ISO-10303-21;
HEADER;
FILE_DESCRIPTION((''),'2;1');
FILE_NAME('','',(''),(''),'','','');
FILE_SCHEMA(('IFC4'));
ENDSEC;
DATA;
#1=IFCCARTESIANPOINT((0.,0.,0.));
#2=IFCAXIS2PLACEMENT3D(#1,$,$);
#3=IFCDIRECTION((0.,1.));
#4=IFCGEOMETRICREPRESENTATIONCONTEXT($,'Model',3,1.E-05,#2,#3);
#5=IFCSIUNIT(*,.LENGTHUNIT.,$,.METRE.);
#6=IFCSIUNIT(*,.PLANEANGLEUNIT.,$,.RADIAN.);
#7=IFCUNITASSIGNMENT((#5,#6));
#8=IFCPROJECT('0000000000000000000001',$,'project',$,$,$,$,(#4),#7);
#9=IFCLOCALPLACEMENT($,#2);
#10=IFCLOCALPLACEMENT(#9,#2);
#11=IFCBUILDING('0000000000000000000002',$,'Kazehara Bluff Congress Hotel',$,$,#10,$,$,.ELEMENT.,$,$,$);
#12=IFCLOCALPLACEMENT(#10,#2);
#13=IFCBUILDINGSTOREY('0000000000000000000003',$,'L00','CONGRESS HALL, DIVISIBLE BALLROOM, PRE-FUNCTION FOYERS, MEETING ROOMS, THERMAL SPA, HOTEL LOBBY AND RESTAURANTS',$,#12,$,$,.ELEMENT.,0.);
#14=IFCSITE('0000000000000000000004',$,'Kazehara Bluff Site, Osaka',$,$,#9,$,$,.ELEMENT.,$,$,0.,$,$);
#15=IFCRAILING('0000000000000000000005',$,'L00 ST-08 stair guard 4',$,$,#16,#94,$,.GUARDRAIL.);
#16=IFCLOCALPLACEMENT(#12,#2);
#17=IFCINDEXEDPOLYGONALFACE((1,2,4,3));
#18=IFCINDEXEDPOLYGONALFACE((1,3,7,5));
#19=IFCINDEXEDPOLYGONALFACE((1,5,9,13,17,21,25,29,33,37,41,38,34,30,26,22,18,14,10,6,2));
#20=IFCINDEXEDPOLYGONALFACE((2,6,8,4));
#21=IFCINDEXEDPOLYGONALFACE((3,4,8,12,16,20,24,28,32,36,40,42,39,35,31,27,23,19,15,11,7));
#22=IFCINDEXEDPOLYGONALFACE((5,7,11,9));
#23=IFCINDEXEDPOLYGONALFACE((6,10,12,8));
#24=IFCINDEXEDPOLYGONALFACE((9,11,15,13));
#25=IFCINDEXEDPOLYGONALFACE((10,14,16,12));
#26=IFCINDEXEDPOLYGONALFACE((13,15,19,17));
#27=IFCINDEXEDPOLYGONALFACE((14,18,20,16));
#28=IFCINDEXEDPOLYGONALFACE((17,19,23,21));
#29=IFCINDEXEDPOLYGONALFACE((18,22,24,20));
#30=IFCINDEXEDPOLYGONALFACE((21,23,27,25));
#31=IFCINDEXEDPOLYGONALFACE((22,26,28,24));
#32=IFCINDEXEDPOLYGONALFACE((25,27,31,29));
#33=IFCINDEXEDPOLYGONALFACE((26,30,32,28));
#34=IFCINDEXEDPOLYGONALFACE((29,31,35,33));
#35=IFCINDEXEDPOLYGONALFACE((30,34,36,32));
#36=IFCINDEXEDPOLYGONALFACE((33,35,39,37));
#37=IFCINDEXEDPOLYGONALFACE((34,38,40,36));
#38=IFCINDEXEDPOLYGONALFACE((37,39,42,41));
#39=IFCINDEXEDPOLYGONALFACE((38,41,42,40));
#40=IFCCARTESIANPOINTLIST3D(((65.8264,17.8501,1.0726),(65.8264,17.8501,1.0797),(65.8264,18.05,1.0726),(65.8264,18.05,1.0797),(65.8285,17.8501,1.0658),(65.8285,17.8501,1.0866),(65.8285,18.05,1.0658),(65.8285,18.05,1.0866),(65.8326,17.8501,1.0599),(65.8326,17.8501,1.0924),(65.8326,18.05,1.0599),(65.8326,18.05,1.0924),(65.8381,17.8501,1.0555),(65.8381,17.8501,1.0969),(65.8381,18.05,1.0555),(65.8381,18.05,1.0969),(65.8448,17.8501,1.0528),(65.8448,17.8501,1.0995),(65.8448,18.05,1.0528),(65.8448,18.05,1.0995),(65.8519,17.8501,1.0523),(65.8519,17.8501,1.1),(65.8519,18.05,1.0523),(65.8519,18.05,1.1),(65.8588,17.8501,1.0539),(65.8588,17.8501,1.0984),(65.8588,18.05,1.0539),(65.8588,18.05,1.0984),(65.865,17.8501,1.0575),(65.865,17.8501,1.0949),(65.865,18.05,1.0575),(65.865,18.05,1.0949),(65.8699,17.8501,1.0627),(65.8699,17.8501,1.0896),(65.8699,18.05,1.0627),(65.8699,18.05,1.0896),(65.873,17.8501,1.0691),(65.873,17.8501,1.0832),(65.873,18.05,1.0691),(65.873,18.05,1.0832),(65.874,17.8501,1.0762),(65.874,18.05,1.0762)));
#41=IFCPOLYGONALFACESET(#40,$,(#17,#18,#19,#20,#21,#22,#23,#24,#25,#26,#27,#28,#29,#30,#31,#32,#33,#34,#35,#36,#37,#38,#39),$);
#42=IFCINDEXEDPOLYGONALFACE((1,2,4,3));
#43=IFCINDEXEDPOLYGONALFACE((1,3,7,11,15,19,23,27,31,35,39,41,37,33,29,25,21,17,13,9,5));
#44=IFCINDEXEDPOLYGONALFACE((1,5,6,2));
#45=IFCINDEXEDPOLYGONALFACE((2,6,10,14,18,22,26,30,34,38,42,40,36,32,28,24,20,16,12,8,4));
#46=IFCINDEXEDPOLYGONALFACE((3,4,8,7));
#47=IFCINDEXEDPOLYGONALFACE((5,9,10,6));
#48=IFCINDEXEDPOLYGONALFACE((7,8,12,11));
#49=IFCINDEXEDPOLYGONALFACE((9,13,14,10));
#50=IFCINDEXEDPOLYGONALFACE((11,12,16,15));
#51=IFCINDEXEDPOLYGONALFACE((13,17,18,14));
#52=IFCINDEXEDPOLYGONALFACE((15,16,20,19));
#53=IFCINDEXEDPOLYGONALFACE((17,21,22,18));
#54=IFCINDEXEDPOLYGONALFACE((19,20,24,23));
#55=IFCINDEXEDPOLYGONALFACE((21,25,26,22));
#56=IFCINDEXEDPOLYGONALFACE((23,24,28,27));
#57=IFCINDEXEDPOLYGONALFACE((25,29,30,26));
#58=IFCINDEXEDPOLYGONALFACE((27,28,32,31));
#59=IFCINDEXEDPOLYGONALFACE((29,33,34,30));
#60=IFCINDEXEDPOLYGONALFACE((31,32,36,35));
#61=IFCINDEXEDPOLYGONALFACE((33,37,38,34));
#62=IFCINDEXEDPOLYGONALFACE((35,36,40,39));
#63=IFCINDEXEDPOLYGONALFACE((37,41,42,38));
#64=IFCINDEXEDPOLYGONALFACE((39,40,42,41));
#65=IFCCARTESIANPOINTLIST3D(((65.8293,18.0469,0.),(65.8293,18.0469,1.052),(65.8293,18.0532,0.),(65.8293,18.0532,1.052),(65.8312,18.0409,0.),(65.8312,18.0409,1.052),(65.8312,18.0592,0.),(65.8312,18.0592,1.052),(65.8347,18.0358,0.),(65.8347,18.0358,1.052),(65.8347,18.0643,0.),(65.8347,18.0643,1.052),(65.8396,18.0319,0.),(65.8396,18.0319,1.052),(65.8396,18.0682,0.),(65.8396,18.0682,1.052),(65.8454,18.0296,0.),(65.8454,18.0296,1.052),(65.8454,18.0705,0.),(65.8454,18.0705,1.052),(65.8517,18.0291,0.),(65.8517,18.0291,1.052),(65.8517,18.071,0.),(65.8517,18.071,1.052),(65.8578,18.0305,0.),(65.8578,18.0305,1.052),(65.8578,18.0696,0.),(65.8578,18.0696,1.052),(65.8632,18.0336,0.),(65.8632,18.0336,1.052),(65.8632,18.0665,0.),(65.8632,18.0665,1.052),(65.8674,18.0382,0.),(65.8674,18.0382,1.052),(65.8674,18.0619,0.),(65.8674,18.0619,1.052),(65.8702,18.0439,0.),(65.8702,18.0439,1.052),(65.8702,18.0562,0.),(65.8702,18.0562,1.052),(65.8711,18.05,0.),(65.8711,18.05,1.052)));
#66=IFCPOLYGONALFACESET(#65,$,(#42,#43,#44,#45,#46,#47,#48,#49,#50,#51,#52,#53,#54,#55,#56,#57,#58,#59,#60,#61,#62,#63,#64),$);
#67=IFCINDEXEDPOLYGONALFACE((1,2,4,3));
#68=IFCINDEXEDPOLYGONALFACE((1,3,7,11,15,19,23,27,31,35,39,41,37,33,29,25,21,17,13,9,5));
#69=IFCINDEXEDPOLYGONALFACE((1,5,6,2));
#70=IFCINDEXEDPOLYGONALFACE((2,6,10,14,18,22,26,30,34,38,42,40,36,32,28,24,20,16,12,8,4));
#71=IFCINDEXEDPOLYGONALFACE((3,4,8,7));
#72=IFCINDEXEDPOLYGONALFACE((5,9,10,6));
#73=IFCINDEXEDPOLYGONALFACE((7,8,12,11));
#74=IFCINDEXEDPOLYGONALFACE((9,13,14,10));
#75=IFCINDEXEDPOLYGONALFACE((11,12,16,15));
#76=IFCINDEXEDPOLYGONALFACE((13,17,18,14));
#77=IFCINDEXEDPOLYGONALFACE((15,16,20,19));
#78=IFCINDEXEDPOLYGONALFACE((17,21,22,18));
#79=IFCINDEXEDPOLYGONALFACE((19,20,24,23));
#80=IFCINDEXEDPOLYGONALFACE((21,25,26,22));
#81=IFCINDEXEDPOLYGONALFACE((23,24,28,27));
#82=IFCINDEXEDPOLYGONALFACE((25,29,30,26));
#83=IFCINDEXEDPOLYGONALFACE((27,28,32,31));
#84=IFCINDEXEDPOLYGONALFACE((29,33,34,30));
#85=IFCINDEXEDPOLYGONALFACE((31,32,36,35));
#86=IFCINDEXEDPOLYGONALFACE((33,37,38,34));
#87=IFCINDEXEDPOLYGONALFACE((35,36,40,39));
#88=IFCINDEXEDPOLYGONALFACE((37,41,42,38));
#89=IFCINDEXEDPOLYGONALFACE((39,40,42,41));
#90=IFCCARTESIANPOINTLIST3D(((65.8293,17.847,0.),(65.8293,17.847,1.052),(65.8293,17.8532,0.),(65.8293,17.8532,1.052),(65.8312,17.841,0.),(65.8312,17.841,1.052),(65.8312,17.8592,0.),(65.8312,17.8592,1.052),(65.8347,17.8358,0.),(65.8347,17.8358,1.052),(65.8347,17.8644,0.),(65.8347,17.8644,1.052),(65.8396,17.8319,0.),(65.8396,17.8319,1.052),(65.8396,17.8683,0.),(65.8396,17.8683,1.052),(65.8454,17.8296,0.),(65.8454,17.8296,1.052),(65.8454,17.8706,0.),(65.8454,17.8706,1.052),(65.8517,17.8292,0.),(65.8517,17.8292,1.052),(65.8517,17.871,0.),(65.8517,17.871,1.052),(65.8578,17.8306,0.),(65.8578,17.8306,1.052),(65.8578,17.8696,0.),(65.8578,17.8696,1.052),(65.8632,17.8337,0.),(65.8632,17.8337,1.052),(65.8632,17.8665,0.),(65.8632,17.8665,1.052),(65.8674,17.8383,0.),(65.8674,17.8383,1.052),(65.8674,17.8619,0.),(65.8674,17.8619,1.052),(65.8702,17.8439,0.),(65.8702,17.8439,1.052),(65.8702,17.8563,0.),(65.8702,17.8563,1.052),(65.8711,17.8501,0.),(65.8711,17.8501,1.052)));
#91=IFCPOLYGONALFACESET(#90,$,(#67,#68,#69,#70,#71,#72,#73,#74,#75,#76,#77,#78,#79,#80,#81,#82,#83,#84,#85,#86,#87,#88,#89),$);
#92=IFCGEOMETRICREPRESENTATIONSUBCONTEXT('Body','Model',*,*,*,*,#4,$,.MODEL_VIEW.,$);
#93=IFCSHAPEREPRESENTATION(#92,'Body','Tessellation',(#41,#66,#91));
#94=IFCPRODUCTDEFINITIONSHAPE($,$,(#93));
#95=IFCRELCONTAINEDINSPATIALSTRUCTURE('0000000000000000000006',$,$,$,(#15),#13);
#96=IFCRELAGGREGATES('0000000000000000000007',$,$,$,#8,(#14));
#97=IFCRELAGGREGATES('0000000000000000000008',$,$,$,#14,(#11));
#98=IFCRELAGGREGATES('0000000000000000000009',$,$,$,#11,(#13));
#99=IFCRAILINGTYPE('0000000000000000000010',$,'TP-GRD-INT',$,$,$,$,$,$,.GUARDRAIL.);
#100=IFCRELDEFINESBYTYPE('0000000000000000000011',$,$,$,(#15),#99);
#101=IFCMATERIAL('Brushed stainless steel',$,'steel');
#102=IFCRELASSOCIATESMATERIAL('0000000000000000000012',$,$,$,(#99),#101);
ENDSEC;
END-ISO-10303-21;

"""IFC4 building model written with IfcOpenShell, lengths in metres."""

from ifc_helpers import new_model, si_unit, direction, frame, origin, origin_2d, place, context, subcontext, project, spatial, circle, extrude, material, type_object, element, save


model = new_model("IFC4")

# Units and contexts
model_context = context("Model", 3, precision=1e-05, world=origin(), true_north=direction((0.0, 1.0)))
body_context = subcontext(model_context, "Body", "Model", "MODEL_VIEW")
ifc_project = project(units=[si_unit("LENGTHUNIT", "METRE"), si_unit("PLANEANGLEUNIT", "RADIAN")], contexts=[model_context])

# Site, building, storey
site_placement = place(None, origin())
site = spatial("IfcSite", under=ifc_project, at=site_placement, Name="Kazehara Bluff Site, Osaka", CompositionType="ELEMENT", RefElevation=0.0)
building_placement = place(site_placement, origin())
building = spatial("IfcBuilding", under=site, at=building_placement, Name="Kazehara Bluff Congress Hotel", CompositionType="ELEMENT")
storey_placement = place(building_placement, origin())
storey = spatial("IfcBuildingStorey", under=building, at=storey_placement, Name="L00", Description="CONGRESS HALL, DIVISIBLE BALLROOM, PRE-FUNCTION FOYERS, MEETING ROOMS, THERMAL SPA, HOTEL LOBBY AND RESTAURANTS", CompositionType="ELEMENT", Elevation=0.0)

# Railing
ifc_material_1 = material(Name="Brushed stainless steel", Category="steel")
railing_type_1 = type_object("IfcRailingType", Name="TP-GRD-INT", PredefinedType="GUARDRAIL", material=ifc_material_1)
railing_1_placement = place(storey_placement, frame((65.8501, 18.05, 0.0)))
element("IfcRailing", 1, at=railing_1_placement, inside=storey, type_object=railing_type_1, Name="L00 ST-08 stair guard 4", PredefinedType="GUARDRAIL", context=body_context, shape_type="SweptSolid", body=[
    extrude(circle(Radius=0.0239, at=origin_2d()), frame((0.0, 0.0, 1.0762), z_axis=(0.0, -1.0, 0.0), x_axis=(1.0, 0.0, 0.0)), (0.0, 0.0, 1.0), 0.2),
    extrude(circle(Radius=0.021, at=origin_2d()), origin(), (0.0, 0.0, 1.0), 1.052),
    extrude(circle(Radius=0.021, at=origin_2d()), frame((0.0, -0.2, 0.0)), (0.0, 0.0, 1.0), 1.052),
])

save(model, "model.ifc")
